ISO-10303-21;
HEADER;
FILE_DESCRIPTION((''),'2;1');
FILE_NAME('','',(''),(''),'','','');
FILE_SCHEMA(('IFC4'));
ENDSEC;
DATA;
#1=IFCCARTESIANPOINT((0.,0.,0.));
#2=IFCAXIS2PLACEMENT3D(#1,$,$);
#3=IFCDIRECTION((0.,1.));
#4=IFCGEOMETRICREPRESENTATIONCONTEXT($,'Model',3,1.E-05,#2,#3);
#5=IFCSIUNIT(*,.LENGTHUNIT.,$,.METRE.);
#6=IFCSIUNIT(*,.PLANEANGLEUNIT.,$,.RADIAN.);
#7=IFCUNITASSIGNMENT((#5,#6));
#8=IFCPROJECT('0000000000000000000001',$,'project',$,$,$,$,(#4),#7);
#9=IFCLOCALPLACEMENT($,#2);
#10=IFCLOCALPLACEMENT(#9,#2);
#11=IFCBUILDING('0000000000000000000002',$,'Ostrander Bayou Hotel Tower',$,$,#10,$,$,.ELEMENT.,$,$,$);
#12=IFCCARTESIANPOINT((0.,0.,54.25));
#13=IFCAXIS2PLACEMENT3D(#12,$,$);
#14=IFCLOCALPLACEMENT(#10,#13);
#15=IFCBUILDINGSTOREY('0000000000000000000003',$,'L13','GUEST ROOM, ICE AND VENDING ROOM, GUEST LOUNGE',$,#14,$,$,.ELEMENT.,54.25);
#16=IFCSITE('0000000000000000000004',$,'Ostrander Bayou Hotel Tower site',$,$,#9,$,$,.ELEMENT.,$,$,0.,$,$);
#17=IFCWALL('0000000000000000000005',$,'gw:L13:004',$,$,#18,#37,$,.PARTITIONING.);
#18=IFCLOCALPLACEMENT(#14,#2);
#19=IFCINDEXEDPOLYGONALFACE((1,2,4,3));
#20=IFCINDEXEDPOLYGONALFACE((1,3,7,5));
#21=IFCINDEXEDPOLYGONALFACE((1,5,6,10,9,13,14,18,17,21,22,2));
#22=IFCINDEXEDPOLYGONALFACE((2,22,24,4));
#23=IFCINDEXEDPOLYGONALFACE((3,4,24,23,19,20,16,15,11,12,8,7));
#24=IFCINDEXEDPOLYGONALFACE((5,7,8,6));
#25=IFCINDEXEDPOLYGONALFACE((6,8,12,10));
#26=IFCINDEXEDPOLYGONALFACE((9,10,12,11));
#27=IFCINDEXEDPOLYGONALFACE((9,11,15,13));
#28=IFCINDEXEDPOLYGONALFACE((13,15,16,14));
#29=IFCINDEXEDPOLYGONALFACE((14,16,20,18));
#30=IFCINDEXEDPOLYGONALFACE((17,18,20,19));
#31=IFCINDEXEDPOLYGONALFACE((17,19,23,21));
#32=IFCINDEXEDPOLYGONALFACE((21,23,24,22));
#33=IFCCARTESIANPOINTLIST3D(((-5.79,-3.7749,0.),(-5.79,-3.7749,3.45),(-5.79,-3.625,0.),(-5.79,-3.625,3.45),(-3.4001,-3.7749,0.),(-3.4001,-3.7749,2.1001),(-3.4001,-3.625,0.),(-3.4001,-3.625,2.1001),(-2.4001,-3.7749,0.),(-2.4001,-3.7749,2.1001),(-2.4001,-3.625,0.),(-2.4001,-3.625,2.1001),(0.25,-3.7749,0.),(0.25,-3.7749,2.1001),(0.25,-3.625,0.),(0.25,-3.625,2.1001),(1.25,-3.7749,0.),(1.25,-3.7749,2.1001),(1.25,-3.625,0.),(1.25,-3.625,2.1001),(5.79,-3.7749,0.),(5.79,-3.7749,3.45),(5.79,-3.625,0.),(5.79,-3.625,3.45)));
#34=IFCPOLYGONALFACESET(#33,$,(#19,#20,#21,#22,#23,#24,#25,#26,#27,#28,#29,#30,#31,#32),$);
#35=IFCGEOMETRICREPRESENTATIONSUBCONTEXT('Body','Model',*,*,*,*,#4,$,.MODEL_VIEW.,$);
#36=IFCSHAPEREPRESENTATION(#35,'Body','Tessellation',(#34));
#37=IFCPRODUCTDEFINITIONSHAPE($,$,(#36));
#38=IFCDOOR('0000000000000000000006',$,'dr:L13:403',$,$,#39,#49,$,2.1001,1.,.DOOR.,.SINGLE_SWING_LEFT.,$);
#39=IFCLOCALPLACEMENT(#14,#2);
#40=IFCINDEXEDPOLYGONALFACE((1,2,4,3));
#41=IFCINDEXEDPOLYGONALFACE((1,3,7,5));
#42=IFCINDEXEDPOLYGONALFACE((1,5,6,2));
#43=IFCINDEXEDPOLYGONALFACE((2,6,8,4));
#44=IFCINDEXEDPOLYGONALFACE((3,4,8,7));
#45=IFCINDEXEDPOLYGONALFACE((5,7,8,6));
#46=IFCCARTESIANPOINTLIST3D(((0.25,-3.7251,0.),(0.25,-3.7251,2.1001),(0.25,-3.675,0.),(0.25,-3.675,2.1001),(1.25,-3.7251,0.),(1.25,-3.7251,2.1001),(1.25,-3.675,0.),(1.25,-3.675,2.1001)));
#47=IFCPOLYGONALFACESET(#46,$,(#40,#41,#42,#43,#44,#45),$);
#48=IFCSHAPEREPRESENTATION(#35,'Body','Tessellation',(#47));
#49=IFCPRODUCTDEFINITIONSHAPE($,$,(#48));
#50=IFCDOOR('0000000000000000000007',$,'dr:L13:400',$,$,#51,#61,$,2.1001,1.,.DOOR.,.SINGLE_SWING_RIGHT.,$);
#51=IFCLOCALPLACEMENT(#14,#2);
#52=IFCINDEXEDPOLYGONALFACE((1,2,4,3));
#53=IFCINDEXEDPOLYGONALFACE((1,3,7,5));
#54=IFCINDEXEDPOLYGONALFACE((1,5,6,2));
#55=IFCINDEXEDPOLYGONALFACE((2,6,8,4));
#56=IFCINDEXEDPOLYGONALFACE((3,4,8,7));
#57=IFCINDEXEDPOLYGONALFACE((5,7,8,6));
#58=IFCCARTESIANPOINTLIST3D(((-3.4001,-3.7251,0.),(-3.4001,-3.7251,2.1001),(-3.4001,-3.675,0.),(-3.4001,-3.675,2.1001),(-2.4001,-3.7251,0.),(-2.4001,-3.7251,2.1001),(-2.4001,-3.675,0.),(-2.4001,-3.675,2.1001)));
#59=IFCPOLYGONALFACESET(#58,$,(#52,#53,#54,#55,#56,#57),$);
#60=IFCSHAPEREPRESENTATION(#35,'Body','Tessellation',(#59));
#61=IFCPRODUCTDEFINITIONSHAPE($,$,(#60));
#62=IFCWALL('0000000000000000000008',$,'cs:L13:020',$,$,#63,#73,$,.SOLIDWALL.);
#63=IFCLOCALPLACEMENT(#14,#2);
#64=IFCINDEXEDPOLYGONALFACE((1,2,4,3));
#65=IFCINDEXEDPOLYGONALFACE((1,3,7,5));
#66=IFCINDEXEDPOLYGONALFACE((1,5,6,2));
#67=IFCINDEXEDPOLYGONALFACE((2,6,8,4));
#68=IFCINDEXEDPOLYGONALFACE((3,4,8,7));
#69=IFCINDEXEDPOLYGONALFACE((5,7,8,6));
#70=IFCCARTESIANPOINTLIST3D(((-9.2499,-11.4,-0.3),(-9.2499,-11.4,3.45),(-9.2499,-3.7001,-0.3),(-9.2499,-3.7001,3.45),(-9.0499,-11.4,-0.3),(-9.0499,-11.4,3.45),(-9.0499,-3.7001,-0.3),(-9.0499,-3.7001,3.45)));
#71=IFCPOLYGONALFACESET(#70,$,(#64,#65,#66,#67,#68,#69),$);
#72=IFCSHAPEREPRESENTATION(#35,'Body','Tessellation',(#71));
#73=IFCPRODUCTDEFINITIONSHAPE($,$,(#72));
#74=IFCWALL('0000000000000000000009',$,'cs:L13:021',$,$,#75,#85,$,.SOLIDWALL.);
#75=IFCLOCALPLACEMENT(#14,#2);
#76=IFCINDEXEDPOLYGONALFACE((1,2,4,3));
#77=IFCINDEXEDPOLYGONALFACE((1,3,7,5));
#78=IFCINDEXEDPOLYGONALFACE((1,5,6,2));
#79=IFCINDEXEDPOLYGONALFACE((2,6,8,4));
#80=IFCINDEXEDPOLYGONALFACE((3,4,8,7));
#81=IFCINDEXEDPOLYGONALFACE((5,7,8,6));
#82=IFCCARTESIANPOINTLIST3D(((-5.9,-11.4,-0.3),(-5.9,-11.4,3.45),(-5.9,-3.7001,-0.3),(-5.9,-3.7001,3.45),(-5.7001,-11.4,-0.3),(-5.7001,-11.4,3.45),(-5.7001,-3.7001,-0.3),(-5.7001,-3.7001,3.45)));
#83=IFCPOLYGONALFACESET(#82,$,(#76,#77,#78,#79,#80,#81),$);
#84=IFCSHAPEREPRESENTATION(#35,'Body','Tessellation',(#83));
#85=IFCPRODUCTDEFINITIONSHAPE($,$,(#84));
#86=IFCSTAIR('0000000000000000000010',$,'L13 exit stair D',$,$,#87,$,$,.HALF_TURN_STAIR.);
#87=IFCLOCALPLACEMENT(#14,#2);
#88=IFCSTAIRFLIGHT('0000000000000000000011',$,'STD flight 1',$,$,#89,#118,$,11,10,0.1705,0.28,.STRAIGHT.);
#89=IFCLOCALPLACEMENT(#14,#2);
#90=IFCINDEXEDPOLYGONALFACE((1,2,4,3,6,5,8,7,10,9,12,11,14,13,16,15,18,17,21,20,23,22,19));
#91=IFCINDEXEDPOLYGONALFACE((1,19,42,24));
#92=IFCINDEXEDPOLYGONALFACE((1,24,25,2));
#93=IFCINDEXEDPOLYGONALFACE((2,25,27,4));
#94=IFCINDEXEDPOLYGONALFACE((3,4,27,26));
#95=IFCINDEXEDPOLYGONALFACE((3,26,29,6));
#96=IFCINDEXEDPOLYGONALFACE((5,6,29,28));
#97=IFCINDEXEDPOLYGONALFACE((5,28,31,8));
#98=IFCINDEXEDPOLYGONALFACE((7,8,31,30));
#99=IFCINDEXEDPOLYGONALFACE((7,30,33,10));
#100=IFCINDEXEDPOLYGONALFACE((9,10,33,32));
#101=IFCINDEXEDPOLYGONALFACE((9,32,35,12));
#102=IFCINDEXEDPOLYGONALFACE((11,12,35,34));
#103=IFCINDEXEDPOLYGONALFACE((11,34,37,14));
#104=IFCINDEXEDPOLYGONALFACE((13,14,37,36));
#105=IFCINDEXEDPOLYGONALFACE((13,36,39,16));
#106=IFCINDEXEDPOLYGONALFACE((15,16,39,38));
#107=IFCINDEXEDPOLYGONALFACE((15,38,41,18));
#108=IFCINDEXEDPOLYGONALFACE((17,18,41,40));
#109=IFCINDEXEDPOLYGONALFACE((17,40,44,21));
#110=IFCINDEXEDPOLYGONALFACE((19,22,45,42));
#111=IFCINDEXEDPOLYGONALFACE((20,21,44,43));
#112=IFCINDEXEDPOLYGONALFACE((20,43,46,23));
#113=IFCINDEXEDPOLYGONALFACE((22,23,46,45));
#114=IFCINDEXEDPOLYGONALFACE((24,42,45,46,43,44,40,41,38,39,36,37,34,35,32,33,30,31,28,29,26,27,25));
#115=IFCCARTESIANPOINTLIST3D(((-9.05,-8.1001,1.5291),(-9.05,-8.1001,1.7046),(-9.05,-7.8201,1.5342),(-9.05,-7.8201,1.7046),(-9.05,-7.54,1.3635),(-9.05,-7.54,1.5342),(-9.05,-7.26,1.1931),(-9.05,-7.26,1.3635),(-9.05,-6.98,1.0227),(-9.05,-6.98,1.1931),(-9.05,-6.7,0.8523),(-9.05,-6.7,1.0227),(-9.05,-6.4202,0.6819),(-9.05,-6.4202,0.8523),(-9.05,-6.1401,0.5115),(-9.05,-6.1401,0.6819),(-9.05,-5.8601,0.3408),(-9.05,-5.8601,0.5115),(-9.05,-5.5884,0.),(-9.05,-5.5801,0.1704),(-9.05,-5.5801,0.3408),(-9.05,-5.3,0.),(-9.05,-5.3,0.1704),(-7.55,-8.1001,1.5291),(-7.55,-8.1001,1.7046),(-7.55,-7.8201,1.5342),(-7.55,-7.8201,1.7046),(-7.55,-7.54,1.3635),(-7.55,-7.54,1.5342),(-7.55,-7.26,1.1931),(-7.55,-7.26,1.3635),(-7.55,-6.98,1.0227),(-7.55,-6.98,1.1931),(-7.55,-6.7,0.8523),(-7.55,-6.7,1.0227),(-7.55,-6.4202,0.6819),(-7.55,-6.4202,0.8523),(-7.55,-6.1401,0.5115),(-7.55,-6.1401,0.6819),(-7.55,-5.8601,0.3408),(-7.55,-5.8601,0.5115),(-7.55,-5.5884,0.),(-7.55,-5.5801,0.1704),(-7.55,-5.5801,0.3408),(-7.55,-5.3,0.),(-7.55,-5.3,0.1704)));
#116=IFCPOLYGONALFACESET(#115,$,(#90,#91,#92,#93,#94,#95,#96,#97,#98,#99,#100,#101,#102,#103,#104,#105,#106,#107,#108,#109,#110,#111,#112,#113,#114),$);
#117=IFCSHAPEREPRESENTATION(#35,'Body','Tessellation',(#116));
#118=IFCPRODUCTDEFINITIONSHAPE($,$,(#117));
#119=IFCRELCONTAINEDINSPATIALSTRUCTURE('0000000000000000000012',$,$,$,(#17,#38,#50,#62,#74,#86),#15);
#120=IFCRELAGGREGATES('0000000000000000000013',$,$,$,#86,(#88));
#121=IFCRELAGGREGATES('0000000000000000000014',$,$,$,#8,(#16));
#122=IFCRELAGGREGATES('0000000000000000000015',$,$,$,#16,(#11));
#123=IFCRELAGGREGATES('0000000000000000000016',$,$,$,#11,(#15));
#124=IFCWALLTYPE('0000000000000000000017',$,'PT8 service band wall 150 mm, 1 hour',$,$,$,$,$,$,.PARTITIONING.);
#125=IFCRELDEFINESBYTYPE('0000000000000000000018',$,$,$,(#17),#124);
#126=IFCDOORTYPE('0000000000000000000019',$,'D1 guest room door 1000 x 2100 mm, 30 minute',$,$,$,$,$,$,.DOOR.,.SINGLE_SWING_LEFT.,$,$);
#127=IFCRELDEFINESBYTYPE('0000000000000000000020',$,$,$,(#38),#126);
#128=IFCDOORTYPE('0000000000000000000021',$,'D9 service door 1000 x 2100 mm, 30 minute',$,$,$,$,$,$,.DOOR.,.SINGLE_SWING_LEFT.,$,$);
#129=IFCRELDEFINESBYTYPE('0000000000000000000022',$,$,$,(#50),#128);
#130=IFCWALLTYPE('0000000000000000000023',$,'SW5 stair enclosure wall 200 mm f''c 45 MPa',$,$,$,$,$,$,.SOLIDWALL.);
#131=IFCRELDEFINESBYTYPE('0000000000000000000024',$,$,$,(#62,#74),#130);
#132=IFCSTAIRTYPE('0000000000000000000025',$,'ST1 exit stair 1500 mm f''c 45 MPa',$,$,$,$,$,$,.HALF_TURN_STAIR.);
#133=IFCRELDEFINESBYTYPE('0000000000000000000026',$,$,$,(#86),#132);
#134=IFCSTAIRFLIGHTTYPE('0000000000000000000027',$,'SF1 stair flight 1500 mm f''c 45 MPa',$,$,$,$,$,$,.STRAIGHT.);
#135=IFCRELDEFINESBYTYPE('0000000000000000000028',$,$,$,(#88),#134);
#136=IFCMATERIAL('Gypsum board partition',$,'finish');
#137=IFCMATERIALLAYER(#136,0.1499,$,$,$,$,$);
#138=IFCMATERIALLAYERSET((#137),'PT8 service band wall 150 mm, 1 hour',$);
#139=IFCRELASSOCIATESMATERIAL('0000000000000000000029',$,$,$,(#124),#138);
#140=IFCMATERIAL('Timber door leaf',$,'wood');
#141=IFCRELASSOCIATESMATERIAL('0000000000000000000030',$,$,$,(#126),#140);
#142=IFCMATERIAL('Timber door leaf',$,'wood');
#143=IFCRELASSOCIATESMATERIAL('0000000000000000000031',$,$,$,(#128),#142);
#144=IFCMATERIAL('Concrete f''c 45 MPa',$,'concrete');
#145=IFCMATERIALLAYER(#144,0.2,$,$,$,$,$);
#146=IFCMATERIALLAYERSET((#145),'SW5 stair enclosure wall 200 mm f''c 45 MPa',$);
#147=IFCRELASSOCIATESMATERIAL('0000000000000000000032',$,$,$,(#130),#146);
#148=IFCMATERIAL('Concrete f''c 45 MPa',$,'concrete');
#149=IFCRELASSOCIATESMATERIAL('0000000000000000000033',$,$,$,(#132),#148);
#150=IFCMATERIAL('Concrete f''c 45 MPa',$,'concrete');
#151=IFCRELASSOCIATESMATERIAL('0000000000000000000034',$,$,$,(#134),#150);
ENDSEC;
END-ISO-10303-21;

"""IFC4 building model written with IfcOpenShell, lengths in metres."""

from ifc_helpers import new_model, si_unit, direction, frame, frame_2d, origin, place, context, subcontext, project, spatial, polyline, rectangle, outline, extrude, material, layer, layer_set, type_object, element, fill, aggregate, save


model = new_model("IFC4")

# Units and contexts
model_context = context("Model", 3, precision=1e-05, world=origin(), true_north=direction((0.0, 1.0)))
body_context = subcontext(model_context, "Body", "Model", "MODEL_VIEW")
ifc_project = project(units=[si_unit("LENGTHUNIT", "METRE"), si_unit("PLANEANGLEUNIT", "RADIAN")], contexts=[model_context])

# Site, building, storey
site_placement = place(None, origin())
site = spatial("IfcSite", under=ifc_project, at=site_placement, Name="Ostrander Bayou Hotel Tower site", CompositionType="ELEMENT", RefElevation=0.0)
building_placement = place(site_placement, origin())
building = spatial("IfcBuilding", under=site, at=building_placement, Name="Ostrander Bayou Hotel Tower", CompositionType="ELEMENT")
storey_placement = place(building_placement, frame((0.0, 0.0, 54.25)))
storey = spatial("IfcBuildingStorey", under=building, at=storey_placement, Name="L13", Description="GUEST ROOM, ICE AND VENDING ROOM, GUEST LOUNGE", CompositionType="ELEMENT", Elevation=54.25)

# Wall, openings, doors
ifc_material_1 = material(Name="Gypsum board partition", Category="finish")
ifc_layer_1 = layer(ifc_material_1, 0.1499)
ifc_layer_set_1 = layer_set([ifc_layer_1], Name="PT8 service band wall 150 mm, 1 hour")
wall_type_1 = type_object("IfcWallType", Name="PT8 service band wall 150 mm, 1 hour", PredefinedType="PARTITIONING", material=ifc_layer_set_1)
wall_1_placement = place(storey_placement, frame((-5.79, -3.7, 0.0), z_axis=(0.0, 0.0, 1.0), x_axis=(1.0, 0.0, 0.0)))
wall_1 = element("IfcWall", 1, at=wall_1_placement, inside=storey, type_object=wall_type_1, Name="gw:L13:004", PredefinedType="PARTITIONING", context=body_context, shape_type="SweptSolid", body=[
    extrude(rectangle(XDim=11.5801, YDim=0.1499, at=frame_2d((5.79, 0.0))), origin(), (0.0, 0.0, 1.0), 3.45),
])
opening_1_placement = place(wall_1_placement, frame((2.3899, 0.0, 0.0)))
opening_1 = element("IfcOpeningElement", 2, at=opening_1_placement, cuts=wall_1, PredefinedType="OPENING", context=body_context, shape_type="SweptSolid", body=[
    extrude(rectangle(XDim=1.0, YDim=2.1001, at=frame_2d((0.5, 1.05))), frame((0.0, 0.075, 0.0), z_axis=(0.0, -1.0, 0.0), x_axis=(1.0, 0.0, 0.0)), (0.0, 0.0, 1.0), 0.1499),
])
opening_2_placement = place(wall_1_placement, frame((6.04, 0.0, 0.0)))
opening_2 = element("IfcOpeningElement", 3, at=opening_2_placement, cuts=wall_1, PredefinedType="OPENING", context=body_context, shape_type="SweptSolid", body=[
    extrude(rectangle(XDim=1.0, YDim=2.1001, at=frame_2d((0.5, 1.05))), frame((0.0, 0.075, 0.0), z_axis=(0.0, -1.0, 0.0), x_axis=(1.0, 0.0, 0.0)), (0.0, 0.0, 1.0), 0.1499),
])
ifc_material_2 = material(Name="Timber door leaf", Category="wood")
door_type_1 = type_object("IfcDoorType", Name="D1 guest room door 1000 x 2100 mm, 30 minute", OperationType="SINGLE_SWING_LEFT", PredefinedType="DOOR", material=ifc_material_2)
door_1_placement = place(opening_2_placement, origin())
door_1 = element("IfcDoor", 4, at=door_1_placement, inside=storey, type_object=door_type_1, Name="dr:L13:403", OperationType="SINGLE_SWING_LEFT", OverallHeight=2.1001, OverallWidth=1.0, PredefinedType="DOOR", context=body_context, shape_type="SweptSolid", body=[
    extrude(rectangle(XDim=1.0, YDim=2.1001, at=frame_2d((0.5, 1.05))), frame((0.0, 0.0249, 0.0), z_axis=(0.0, -1.0, 0.0), x_axis=(1.0, 0.0, 0.0)), (0.0, 0.0, 1.0), 0.05),
])
fill(opening_2, door_1)
ifc_material_3 = material(Name="Timber door leaf", Category="wood")
door_type_2 = type_object("IfcDoorType", Name="D9 service door 1000 x 2100 mm, 30 minute", OperationType="SINGLE_SWING_LEFT", PredefinedType="DOOR", material=ifc_material_3)
door_2_placement = place(opening_1_placement, origin())
door_2 = element("IfcDoor", 5, at=door_2_placement, inside=storey, type_object=door_type_2, Name="dr:L13:400", OperationType="SINGLE_SWING_RIGHT", OverallHeight=2.1001, OverallWidth=1.0, PredefinedType="DOOR", context=body_context, shape_type="SweptSolid", body=[
    extrude(rectangle(XDim=1.0, YDim=2.1001, at=frame_2d((0.5, 1.05))), frame((0.0, 0.0249, 0.0), z_axis=(0.0, -1.0, 0.0), x_axis=(1.0, 0.0, 0.0)), (0.0, 0.0, 1.0), 0.05),
])
fill(opening_1, door_2)

# Shared definitions
ifc_material_4 = material(Name="Concrete f'c 45 MPa", Category="concrete")
ifc_layer_2 = layer(ifc_material_4, 0.2)
ifc_layer_set_2 = layer_set([ifc_layer_2], Name="SW5 stair enclosure wall 200 mm f'c 45 MPa")
wall_type_2 = type_object("IfcWallType", Name="SW5 stair enclosure wall 200 mm f'c 45 MPa", PredefinedType="SOLIDWALL", material=ifc_layer_set_2)

# Walls
for number, where, z_axis, x_axis, name in (
    (6, (-9.1499, -3.7, -0.3), (0.0, 0.0, 1.0), (0.0, -1.0, 0.0), "cs:L13:020"),
    (7, (-5.8, -3.7, -0.3), (0.0, 0.0, 1.0), (0.0, -1.0, 0.0), "cs:L13:021"),
):
    element("IfcWall", number, at=place(storey_placement, frame(where, z_axis=z_axis, x_axis=x_axis)), inside=storey, type_object=wall_type_2, Name=name, PredefinedType="SOLIDWALL", context=body_context, shape_type="SweptSolid", body=[
        extrude(rectangle(XDim=7.7, YDim=0.2, at=frame_2d((3.8501, 0.0))), origin(), (0.0, 0.0, 1.0), 3.75),
    ])

# Stair, stair flight
ifc_material_5 = material(Name="Concrete f'c 45 MPa", Category="concrete")
stair_type = type_object("IfcStairType", Name="ST1 exit stair 1500 mm f'c 45 MPa", PredefinedType="HALF_TURN_STAIR", material=ifc_material_5)
stair_placement = place(storey_placement, origin())
stair = element("IfcStair", 8, at=stair_placement, inside=storey, type_object=stair_type, Name="L13 exit stair D", PredefinedType="HALF_TURN_STAIR")
ifc_material_6 = material(Name="Concrete f'c 45 MPa", Category="concrete")
stair_flight_type = type_object("IfcStairFlightType", Name="SF1 stair flight 1500 mm f'c 45 MPa", PredefinedType="STRAIGHT", material=ifc_material_6)
stair_flight_placement = place(storey_placement, frame((-8.3, -5.3, 0.0), z_axis=(0.0, 0.0, 1.0), x_axis=(0.0, -1.0, 0.0)))
stair_flight = element("IfcStairFlight", 9, at=stair_flight_placement, type_object=stair_flight_type, Name="STD flight 1", NumberOfRisers=11, NumberOfTreads=10, PredefinedType="STRAIGHT", RiserHeight=0.1705, TreadLength=0.28, context=body_context, shape_type="SweptSolid", body=[
    extrude(outline(polyline([(0.0, 0.0), (0.0, 0.1704), (0.28, 0.1704), (0.28, 0.3408), (0.5601, 0.3408), (0.5601, 0.5115), (0.8401, 0.5115), (0.8401, 0.6819), (1.1201, 0.6819), (1.1201, 0.8523), (1.3999, 0.8523), (1.3999, 1.0227), (1.6799, 1.0227), (1.6799, 1.1931), (1.96, 1.1931), (1.96, 1.3635), (2.24, 1.3635), (2.24, 1.5342), (2.52, 1.5342), (2.52, 1.7046), (2.8, 1.7046), (2.8, 1.875), (2.8, 1.5291), (0.2883, 0.0), (0.0, 0.0)])), frame((0.0, 0.75, 0.0), z_axis=(0.0, -1.0, 0.0), x_axis=(1.0, 0.0, 0.0)), (0.0, 0.0, 1.0), 1.5),
])
aggregate(stair, [stair_flight])

save(model, "model.ifc")
